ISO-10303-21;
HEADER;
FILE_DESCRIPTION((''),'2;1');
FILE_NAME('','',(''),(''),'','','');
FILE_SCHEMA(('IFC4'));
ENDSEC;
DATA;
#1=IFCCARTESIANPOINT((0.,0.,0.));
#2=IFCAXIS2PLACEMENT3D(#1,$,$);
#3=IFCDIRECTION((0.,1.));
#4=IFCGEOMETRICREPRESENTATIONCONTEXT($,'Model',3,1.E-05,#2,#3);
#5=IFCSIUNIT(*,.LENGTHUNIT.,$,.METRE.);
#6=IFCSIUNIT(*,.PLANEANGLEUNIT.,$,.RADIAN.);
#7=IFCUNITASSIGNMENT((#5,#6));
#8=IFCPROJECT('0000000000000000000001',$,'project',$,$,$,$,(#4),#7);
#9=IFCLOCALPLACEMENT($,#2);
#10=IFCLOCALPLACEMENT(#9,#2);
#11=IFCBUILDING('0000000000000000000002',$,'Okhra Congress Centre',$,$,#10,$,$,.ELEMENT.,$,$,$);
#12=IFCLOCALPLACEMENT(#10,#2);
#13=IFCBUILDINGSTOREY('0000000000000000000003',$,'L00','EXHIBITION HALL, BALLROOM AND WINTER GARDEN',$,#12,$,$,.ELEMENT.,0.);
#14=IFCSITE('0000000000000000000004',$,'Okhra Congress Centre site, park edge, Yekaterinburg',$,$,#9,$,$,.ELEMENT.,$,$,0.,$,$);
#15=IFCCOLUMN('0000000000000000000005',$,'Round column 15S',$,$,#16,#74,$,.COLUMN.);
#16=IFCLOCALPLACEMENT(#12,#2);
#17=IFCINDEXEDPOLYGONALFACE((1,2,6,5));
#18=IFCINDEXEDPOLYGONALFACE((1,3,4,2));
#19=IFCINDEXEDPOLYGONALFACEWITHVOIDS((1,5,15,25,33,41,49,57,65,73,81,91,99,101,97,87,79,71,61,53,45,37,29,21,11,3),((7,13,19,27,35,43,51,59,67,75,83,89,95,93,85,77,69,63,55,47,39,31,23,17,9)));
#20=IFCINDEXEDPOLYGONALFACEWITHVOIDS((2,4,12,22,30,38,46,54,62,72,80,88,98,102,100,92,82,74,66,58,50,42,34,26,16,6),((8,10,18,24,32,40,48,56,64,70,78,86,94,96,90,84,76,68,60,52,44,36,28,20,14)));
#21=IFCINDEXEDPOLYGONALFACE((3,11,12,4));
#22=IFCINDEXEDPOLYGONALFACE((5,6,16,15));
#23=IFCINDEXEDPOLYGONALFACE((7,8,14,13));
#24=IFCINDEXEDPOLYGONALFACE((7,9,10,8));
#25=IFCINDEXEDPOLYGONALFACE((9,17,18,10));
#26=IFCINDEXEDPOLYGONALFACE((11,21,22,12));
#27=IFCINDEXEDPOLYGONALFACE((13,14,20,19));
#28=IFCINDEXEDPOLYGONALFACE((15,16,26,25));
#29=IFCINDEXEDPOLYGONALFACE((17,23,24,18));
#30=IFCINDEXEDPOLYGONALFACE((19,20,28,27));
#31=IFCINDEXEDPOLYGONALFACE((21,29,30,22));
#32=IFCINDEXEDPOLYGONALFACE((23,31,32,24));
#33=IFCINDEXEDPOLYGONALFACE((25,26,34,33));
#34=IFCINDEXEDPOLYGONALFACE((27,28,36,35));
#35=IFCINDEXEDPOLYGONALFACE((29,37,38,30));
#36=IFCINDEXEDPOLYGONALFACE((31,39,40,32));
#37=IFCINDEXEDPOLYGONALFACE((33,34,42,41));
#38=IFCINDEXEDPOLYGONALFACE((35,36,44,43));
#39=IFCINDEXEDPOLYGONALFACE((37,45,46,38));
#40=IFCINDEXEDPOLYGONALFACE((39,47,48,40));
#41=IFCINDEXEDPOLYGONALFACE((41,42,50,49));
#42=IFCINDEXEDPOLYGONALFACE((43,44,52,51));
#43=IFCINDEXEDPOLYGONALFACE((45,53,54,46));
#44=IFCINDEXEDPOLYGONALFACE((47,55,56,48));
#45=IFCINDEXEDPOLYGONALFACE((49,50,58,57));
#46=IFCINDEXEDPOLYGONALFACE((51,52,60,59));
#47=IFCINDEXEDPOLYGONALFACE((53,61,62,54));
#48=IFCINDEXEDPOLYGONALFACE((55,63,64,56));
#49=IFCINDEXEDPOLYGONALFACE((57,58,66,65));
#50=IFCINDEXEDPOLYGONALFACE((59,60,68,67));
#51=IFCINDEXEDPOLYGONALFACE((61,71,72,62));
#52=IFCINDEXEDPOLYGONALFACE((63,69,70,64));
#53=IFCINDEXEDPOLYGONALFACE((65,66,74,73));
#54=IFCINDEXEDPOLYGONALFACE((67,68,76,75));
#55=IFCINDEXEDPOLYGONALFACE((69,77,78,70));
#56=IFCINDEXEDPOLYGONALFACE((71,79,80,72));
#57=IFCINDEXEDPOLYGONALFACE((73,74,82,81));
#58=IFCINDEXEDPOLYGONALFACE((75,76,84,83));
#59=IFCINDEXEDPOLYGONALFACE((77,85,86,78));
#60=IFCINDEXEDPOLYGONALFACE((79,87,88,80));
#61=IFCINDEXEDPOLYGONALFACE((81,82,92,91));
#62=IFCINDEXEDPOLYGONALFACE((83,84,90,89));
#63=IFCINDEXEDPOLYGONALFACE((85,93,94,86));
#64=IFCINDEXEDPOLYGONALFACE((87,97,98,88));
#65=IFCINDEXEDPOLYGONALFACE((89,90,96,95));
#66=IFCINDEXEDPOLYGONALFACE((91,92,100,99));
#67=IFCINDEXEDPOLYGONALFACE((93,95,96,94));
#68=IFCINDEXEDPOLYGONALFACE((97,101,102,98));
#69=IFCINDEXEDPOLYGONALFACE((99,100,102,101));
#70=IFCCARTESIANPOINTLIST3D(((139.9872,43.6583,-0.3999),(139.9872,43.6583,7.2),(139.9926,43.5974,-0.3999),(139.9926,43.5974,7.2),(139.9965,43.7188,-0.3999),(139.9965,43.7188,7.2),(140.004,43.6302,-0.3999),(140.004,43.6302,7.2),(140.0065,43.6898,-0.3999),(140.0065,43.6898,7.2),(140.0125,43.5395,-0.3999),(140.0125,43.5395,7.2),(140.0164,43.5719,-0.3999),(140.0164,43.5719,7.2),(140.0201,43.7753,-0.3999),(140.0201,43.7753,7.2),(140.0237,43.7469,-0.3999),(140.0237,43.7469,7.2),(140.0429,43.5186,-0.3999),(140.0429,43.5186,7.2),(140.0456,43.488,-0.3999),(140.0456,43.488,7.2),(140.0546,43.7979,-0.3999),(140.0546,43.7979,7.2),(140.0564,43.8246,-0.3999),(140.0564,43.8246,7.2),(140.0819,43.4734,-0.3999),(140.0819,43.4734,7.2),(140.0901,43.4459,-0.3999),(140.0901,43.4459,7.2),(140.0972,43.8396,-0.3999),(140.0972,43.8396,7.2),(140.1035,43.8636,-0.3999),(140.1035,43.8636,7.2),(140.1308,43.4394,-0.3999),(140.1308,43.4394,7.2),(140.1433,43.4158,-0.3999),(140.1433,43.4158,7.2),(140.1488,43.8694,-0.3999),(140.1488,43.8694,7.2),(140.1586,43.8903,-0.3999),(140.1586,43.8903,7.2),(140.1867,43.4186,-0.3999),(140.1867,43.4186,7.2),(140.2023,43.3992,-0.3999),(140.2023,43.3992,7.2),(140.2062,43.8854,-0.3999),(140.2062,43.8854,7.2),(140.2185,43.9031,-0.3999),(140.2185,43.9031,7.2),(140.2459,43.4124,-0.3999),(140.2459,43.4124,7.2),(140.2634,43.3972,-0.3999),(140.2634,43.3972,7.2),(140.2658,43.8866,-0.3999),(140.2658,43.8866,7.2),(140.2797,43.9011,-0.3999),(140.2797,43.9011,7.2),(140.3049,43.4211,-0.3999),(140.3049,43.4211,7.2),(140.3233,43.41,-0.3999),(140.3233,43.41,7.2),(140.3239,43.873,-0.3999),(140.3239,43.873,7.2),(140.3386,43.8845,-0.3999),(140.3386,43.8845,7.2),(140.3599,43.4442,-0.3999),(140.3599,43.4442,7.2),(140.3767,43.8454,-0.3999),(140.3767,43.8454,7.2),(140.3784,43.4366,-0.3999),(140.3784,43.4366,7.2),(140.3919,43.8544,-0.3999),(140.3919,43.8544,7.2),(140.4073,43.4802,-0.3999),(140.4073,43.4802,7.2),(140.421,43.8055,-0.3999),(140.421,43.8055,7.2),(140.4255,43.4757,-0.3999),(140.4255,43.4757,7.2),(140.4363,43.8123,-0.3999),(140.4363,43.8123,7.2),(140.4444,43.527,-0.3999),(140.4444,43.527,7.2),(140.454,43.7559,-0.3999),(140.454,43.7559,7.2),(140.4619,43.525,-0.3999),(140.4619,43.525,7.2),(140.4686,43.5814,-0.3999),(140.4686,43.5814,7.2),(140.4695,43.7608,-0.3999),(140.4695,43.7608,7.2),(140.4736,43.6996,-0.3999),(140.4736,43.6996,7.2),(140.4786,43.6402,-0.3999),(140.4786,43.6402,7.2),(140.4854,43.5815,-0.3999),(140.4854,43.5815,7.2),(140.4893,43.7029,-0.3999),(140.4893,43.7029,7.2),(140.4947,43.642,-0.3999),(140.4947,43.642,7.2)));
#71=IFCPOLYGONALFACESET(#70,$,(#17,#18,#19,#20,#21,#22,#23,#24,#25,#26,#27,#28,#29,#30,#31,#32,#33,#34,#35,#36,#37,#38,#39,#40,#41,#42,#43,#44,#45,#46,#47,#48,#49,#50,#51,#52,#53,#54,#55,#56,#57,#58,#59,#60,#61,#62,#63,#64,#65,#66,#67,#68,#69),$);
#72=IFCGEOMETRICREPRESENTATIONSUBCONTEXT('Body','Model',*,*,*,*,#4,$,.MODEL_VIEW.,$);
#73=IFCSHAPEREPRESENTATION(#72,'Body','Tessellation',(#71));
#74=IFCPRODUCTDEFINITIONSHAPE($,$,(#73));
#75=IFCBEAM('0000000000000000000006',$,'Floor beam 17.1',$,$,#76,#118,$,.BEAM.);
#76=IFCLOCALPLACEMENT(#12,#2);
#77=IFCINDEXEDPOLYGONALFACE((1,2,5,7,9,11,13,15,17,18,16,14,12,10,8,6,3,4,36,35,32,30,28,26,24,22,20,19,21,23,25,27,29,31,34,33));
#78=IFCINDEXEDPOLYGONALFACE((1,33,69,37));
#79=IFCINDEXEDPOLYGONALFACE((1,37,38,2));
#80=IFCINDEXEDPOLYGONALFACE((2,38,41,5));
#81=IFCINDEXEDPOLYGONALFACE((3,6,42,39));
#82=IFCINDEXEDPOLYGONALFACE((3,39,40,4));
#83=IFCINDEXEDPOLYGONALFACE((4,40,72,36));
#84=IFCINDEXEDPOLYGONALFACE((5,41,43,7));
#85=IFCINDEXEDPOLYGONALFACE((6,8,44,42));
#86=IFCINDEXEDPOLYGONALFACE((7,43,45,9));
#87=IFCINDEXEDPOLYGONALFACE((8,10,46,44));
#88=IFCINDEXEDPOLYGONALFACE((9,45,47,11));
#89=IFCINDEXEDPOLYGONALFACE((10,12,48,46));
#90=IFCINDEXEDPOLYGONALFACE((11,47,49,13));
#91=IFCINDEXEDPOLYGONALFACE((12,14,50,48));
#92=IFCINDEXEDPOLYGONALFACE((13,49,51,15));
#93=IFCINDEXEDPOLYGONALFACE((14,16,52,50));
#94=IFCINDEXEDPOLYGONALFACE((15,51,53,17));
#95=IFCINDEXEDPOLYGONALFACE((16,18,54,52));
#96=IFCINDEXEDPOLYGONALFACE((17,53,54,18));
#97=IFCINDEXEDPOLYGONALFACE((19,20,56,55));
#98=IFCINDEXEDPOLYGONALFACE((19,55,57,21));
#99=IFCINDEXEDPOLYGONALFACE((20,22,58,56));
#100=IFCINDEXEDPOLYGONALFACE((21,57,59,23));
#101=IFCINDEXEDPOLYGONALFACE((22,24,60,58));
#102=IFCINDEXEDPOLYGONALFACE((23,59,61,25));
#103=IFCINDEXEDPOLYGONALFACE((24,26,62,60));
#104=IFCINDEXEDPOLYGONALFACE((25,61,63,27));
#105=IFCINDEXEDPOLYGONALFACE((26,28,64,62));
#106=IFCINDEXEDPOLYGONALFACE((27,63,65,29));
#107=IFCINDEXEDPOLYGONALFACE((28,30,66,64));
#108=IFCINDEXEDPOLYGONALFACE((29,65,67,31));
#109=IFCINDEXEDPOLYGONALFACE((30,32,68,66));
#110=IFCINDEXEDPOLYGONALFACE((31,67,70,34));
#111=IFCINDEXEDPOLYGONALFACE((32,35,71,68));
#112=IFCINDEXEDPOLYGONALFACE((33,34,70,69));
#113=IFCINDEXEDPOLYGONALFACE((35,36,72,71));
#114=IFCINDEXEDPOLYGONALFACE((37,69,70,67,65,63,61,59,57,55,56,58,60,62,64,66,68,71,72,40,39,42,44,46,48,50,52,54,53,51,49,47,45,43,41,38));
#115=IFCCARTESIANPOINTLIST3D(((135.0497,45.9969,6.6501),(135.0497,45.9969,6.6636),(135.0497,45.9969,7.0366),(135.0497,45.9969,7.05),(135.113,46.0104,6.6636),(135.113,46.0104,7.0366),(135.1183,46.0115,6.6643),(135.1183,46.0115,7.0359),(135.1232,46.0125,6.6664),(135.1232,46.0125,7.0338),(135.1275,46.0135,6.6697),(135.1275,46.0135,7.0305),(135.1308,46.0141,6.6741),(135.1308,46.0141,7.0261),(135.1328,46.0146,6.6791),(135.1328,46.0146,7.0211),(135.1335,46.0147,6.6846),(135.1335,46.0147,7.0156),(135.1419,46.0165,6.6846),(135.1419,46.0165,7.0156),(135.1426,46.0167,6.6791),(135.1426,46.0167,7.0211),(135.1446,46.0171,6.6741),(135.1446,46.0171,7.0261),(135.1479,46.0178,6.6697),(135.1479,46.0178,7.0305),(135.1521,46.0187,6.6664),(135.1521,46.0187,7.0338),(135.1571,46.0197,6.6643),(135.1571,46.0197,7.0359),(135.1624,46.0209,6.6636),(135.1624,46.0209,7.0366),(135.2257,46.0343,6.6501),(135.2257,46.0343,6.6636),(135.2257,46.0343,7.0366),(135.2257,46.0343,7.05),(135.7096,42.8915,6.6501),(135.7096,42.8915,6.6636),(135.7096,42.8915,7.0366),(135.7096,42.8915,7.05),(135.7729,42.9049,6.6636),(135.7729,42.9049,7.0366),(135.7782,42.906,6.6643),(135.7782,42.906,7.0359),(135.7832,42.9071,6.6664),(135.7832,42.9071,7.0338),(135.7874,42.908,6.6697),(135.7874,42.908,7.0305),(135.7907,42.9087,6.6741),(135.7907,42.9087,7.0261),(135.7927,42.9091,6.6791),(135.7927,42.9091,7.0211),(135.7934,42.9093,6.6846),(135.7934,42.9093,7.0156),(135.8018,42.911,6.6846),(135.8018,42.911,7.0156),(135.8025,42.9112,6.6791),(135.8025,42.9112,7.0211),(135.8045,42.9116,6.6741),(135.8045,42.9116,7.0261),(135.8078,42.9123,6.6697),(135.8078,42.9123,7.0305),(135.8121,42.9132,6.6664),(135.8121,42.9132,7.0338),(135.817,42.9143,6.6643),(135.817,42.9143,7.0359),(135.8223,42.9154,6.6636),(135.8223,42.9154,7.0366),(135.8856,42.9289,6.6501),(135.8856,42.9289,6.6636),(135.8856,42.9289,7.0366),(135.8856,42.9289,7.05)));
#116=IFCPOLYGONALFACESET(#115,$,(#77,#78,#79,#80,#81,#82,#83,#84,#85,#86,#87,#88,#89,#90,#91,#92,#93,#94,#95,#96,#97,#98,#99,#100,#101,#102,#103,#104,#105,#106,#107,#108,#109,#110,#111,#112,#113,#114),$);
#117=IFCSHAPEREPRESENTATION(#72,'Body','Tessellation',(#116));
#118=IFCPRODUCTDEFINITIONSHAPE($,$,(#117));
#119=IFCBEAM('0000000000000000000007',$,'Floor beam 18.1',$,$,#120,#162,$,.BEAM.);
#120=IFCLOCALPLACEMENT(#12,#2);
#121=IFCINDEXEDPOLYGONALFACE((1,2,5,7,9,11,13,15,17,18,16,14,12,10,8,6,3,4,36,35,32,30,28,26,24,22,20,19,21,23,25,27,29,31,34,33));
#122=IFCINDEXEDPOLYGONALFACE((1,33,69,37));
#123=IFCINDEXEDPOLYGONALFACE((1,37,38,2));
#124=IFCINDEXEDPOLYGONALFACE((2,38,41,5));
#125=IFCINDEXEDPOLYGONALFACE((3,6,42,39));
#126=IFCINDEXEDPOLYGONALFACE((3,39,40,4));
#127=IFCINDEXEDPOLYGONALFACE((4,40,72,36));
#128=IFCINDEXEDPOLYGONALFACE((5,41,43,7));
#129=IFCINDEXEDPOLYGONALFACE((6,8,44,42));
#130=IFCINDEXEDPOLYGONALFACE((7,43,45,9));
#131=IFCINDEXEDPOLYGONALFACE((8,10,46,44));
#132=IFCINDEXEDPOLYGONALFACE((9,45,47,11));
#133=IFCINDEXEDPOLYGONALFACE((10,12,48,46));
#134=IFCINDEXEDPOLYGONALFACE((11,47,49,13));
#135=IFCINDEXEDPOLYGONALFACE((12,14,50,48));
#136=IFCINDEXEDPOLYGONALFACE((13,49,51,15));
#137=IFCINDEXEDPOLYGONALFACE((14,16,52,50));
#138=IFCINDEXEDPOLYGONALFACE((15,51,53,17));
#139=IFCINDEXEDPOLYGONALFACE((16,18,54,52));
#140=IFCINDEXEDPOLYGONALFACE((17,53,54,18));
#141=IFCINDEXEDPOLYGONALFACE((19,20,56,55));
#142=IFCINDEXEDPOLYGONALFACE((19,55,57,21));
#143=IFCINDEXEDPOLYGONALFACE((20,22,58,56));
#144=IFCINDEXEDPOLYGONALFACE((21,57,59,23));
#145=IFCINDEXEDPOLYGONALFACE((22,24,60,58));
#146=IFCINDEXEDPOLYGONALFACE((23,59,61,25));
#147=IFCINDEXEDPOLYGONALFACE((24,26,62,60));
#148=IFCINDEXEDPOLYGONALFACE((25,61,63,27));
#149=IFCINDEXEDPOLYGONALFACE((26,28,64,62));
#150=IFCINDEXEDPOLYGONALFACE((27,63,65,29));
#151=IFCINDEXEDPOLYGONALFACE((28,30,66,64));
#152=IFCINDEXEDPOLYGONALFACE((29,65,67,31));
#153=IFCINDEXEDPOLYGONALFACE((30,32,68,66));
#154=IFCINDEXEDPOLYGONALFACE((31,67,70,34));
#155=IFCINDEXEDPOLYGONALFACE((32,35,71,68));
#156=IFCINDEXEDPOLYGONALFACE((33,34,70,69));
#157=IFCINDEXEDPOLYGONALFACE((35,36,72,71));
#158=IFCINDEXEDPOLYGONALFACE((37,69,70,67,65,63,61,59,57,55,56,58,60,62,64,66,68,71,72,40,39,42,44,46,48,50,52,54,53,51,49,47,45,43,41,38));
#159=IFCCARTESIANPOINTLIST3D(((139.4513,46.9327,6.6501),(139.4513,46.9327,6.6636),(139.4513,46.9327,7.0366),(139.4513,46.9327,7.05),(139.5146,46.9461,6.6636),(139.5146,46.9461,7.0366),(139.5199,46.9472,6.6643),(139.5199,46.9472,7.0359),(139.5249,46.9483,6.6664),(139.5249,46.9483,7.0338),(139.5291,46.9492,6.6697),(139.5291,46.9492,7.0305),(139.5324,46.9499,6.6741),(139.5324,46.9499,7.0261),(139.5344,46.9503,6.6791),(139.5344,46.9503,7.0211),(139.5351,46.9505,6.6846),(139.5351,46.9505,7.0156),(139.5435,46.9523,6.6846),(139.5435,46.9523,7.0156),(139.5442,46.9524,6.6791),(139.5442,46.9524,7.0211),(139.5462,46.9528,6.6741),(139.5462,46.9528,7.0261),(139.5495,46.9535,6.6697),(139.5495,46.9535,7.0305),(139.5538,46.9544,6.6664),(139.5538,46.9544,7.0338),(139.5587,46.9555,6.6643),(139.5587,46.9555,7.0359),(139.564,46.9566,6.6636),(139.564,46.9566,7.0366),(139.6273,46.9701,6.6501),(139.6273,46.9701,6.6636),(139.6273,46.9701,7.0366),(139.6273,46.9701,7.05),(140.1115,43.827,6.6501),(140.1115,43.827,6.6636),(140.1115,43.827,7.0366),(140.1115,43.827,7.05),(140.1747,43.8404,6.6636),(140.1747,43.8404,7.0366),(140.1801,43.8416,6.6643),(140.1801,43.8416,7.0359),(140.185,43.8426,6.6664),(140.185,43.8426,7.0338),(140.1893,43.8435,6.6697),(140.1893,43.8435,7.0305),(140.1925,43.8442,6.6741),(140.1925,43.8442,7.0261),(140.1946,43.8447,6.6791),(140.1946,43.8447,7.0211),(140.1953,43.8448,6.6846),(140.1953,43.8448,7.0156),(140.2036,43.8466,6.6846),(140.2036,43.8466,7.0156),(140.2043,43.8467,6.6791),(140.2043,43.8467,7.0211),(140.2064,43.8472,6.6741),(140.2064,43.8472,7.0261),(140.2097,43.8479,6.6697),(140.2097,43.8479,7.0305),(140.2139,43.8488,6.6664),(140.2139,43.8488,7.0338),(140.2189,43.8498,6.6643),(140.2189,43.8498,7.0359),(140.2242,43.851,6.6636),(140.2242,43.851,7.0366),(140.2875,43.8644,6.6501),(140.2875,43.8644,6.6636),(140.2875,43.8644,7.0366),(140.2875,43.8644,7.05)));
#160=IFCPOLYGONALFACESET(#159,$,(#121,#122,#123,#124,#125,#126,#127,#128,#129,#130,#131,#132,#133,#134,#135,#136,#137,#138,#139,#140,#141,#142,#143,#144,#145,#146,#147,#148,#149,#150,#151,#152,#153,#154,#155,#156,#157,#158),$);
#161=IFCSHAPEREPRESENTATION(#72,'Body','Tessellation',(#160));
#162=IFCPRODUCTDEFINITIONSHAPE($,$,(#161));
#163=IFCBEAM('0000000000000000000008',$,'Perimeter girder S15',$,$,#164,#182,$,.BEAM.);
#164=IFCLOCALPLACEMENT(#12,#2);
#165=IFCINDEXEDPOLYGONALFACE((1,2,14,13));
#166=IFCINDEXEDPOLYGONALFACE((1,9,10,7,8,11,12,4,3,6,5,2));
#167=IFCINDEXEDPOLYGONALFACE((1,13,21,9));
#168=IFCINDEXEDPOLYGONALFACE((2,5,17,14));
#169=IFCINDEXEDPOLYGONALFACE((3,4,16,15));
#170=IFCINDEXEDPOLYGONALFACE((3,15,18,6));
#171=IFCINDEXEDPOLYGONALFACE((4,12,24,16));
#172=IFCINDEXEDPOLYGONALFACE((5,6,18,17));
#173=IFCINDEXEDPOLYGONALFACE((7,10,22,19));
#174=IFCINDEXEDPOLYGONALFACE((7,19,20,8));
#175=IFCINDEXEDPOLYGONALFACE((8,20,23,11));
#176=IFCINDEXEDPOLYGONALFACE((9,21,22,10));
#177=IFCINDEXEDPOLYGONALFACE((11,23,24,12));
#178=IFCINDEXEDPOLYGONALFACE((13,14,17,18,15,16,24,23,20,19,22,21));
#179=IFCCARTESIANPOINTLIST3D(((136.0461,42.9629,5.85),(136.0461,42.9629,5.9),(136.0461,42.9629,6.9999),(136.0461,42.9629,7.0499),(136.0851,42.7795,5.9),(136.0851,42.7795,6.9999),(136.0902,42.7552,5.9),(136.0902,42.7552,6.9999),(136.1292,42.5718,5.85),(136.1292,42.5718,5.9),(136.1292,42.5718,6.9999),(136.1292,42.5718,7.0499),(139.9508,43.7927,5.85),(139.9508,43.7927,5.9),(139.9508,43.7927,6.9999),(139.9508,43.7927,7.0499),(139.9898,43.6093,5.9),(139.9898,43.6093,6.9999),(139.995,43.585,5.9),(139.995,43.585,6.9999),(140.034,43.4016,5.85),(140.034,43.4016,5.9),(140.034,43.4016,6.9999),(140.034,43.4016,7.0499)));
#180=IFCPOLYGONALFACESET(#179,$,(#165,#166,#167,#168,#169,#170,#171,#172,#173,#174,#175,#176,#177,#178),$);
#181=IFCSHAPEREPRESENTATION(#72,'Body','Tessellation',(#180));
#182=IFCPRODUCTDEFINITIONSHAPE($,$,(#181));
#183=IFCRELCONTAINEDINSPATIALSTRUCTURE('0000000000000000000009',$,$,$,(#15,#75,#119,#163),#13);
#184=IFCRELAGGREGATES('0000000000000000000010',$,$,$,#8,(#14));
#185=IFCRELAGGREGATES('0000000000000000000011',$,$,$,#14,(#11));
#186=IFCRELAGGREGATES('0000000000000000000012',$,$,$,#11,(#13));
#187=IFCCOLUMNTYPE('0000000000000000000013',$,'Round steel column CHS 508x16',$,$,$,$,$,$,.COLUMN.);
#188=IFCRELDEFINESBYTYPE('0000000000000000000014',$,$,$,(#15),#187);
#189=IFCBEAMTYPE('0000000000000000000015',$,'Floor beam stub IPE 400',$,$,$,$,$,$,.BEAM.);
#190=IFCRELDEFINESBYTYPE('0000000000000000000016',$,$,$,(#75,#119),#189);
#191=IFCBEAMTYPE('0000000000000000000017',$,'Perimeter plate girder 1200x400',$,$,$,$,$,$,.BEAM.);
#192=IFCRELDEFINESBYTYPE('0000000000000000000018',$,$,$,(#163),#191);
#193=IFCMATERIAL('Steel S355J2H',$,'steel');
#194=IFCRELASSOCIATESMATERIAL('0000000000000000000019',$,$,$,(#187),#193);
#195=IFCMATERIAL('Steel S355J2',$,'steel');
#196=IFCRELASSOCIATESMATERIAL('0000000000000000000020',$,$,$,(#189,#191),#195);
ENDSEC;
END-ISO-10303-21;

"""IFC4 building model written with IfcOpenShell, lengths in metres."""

from ifc_helpers import new_model, si_unit, direction, frame, origin, origin_2d, place, context, subcontext, project, spatial, hollow_circle, i_section, extrude, material, material_profile, profile_set, type_object, element, save


model = new_model("IFC4")

# Units and contexts
model_context = context("Model", 3, precision=1e-05, world=origin(), true_north=direction((0.0, 1.0)))
body_context = subcontext(model_context, "Body", "Model", "MODEL_VIEW")
ifc_project = project(units=[si_unit("LENGTHUNIT", "METRE"), si_unit("PLANEANGLEUNIT", "RADIAN")], contexts=[model_context])

# Site, building, storey
site_placement = place(None, origin())
site = spatial("IfcSite", under=ifc_project, at=site_placement, Name="Okhra Congress Centre site, park edge, Yekaterinburg", CompositionType="ELEMENT", RefElevation=0.0)
building_placement = place(site_placement, origin())
building = spatial("IfcBuilding", under=site, at=building_placement, Name="Okhra Congress Centre", CompositionType="ELEMENT")
storey_placement = place(building_placement, origin())
storey = spatial("IfcBuildingStorey", under=building, at=storey_placement, Name="L00", Description="EXHIBITION HALL, BALLROOM AND WINTER GARDEN", CompositionType="ELEMENT", Elevation=0.0)

# Column
ifc_material_1 = material(Name="Steel S355J2H", Category="steel")
ifc_material_profile_1 = material_profile(ifc_material_1, hollow_circle(Radius=0.2539, WallThickness=0.0161, at=origin_2d()), Name="CHS 508x16")
ifc_profile_set_1 = profile_set([ifc_material_profile_1], Name="Steel S355J2H")
column_type_1 = type_object("IfcColumnType", Name="Round steel column CHS 508x16", PredefinedType="COLUMN", material=ifc_profile_set_1)
for number, where, z_axis, x_axis, name in (
    (1, (140.241, 43.6501, -0.3999), (0.0, 0.0, 1.0), (0.978148, 0.207912, 0.0), "Round column 15S"),
):
    element("IfcColumn", number, at=place(storey_placement, frame(where, z_axis=z_axis, x_axis=x_axis)), inside=storey, type_object=column_type_1, Name=name, PredefinedType="COLUMN", context=body_context, shape_type="SweptSolid", body=[
        extrude(hollow_circle(Radius=0.2539, WallThickness=0.0161, at=origin_2d()), origin(), (0.0, 0.0, 1.0), 7.5999),
    ])

# Beams
ifc_material_2 = material(Name="Steel S355J2", Category="steel")
ifc_material_profile_2 = material_profile(ifc_material_2, i_section(OverallWidth=0.1799, OverallDepth=0.3999, WebThickness=0.0085, FlangeThickness=0.0134, FilletRadius=0.021, at=origin_2d()), Name="IPE 400")
ifc_profile_set_2 = profile_set([ifc_material_profile_2], Name="Steel S355J2")
beam_type_1 = type_object("IfcBeamType", Name="Floor beam stub IPE 400", PredefinedType="BEAM", material=ifc_profile_set_2)
beam_1_placement = place(storey_placement, frame((135.7976, 42.9102, 6.8501), z_axis=(-0.207859, 0.978159, 0.0), x_axis=(-0.978159, -0.207859, 0.0)))
element("IfcBeam", 2, at=beam_1_placement, inside=storey, type_object=beam_type_1, Name="Floor beam 17.1", PredefinedType="BEAM", context=body_context, shape_type="SweptSolid", body=[
    extrude(i_section(OverallWidth=0.1799, OverallDepth=0.3999, WebThickness=0.0085, FlangeThickness=0.0134, FilletRadius=0.021, at=origin_2d()), origin(), (0.0, 0.0, 1.0), 3.1748),
])
beam_2_placement = place(storey_placement, frame((140.1995, 43.8457, 6.8501), z_axis=(-0.207917, 0.978147, 0.0), x_axis=(-0.978147, -0.207917, 0.0)))
element("IfcBeam", 3, at=beam_2_placement, inside=storey, type_object=beam_type_1, Name="Floor beam 18.1", PredefinedType="BEAM", context=body_context, shape_type="SweptSolid", body=[
    extrude(i_section(OverallWidth=0.1799, OverallDepth=0.3999, WebThickness=0.0085, FlangeThickness=0.0134, FilletRadius=0.021, at=origin_2d()), origin(), (0.0, 0.0, 1.0), 3.175),
])
ifc_material_profile_3 = material_profile(ifc_material_2, i_section(OverallWidth=0.3999, OverallDepth=1.2, WebThickness=0.0249, FlangeThickness=0.05, at=origin_2d()), Name="Plate girder 1200x400")
ifc_profile_set_3 = profile_set([ifc_material_profile_3], Name="Steel S355J2")
beam_type_2 = type_object("IfcBeamType", Name="Perimeter plate girder 1200x400", PredefinedType="BEAM", material=ifc_profile_set_3)
beam_3_placement = place(storey_placement, frame((136.0876, 42.7673, 6.45), z_axis=(0.978155, 0.207875, 0.0), x_axis=(-0.207875, 0.978155, 0.0)))
element("IfcBeam", 4, at=beam_3_placement, inside=storey, type_object=beam_type_2, Name="Perimeter girder S15", PredefinedType="BEAM", context=body_context, shape_type="SweptSolid", body=[
    extrude(i_section(OverallWidth=0.3999, OverallDepth=1.2, WebThickness=0.0249, FlangeThickness=0.05, at=origin_2d()), origin(), (0.0, 0.0, 1.0), 3.9919),
])

save(model, "model.ifc")
